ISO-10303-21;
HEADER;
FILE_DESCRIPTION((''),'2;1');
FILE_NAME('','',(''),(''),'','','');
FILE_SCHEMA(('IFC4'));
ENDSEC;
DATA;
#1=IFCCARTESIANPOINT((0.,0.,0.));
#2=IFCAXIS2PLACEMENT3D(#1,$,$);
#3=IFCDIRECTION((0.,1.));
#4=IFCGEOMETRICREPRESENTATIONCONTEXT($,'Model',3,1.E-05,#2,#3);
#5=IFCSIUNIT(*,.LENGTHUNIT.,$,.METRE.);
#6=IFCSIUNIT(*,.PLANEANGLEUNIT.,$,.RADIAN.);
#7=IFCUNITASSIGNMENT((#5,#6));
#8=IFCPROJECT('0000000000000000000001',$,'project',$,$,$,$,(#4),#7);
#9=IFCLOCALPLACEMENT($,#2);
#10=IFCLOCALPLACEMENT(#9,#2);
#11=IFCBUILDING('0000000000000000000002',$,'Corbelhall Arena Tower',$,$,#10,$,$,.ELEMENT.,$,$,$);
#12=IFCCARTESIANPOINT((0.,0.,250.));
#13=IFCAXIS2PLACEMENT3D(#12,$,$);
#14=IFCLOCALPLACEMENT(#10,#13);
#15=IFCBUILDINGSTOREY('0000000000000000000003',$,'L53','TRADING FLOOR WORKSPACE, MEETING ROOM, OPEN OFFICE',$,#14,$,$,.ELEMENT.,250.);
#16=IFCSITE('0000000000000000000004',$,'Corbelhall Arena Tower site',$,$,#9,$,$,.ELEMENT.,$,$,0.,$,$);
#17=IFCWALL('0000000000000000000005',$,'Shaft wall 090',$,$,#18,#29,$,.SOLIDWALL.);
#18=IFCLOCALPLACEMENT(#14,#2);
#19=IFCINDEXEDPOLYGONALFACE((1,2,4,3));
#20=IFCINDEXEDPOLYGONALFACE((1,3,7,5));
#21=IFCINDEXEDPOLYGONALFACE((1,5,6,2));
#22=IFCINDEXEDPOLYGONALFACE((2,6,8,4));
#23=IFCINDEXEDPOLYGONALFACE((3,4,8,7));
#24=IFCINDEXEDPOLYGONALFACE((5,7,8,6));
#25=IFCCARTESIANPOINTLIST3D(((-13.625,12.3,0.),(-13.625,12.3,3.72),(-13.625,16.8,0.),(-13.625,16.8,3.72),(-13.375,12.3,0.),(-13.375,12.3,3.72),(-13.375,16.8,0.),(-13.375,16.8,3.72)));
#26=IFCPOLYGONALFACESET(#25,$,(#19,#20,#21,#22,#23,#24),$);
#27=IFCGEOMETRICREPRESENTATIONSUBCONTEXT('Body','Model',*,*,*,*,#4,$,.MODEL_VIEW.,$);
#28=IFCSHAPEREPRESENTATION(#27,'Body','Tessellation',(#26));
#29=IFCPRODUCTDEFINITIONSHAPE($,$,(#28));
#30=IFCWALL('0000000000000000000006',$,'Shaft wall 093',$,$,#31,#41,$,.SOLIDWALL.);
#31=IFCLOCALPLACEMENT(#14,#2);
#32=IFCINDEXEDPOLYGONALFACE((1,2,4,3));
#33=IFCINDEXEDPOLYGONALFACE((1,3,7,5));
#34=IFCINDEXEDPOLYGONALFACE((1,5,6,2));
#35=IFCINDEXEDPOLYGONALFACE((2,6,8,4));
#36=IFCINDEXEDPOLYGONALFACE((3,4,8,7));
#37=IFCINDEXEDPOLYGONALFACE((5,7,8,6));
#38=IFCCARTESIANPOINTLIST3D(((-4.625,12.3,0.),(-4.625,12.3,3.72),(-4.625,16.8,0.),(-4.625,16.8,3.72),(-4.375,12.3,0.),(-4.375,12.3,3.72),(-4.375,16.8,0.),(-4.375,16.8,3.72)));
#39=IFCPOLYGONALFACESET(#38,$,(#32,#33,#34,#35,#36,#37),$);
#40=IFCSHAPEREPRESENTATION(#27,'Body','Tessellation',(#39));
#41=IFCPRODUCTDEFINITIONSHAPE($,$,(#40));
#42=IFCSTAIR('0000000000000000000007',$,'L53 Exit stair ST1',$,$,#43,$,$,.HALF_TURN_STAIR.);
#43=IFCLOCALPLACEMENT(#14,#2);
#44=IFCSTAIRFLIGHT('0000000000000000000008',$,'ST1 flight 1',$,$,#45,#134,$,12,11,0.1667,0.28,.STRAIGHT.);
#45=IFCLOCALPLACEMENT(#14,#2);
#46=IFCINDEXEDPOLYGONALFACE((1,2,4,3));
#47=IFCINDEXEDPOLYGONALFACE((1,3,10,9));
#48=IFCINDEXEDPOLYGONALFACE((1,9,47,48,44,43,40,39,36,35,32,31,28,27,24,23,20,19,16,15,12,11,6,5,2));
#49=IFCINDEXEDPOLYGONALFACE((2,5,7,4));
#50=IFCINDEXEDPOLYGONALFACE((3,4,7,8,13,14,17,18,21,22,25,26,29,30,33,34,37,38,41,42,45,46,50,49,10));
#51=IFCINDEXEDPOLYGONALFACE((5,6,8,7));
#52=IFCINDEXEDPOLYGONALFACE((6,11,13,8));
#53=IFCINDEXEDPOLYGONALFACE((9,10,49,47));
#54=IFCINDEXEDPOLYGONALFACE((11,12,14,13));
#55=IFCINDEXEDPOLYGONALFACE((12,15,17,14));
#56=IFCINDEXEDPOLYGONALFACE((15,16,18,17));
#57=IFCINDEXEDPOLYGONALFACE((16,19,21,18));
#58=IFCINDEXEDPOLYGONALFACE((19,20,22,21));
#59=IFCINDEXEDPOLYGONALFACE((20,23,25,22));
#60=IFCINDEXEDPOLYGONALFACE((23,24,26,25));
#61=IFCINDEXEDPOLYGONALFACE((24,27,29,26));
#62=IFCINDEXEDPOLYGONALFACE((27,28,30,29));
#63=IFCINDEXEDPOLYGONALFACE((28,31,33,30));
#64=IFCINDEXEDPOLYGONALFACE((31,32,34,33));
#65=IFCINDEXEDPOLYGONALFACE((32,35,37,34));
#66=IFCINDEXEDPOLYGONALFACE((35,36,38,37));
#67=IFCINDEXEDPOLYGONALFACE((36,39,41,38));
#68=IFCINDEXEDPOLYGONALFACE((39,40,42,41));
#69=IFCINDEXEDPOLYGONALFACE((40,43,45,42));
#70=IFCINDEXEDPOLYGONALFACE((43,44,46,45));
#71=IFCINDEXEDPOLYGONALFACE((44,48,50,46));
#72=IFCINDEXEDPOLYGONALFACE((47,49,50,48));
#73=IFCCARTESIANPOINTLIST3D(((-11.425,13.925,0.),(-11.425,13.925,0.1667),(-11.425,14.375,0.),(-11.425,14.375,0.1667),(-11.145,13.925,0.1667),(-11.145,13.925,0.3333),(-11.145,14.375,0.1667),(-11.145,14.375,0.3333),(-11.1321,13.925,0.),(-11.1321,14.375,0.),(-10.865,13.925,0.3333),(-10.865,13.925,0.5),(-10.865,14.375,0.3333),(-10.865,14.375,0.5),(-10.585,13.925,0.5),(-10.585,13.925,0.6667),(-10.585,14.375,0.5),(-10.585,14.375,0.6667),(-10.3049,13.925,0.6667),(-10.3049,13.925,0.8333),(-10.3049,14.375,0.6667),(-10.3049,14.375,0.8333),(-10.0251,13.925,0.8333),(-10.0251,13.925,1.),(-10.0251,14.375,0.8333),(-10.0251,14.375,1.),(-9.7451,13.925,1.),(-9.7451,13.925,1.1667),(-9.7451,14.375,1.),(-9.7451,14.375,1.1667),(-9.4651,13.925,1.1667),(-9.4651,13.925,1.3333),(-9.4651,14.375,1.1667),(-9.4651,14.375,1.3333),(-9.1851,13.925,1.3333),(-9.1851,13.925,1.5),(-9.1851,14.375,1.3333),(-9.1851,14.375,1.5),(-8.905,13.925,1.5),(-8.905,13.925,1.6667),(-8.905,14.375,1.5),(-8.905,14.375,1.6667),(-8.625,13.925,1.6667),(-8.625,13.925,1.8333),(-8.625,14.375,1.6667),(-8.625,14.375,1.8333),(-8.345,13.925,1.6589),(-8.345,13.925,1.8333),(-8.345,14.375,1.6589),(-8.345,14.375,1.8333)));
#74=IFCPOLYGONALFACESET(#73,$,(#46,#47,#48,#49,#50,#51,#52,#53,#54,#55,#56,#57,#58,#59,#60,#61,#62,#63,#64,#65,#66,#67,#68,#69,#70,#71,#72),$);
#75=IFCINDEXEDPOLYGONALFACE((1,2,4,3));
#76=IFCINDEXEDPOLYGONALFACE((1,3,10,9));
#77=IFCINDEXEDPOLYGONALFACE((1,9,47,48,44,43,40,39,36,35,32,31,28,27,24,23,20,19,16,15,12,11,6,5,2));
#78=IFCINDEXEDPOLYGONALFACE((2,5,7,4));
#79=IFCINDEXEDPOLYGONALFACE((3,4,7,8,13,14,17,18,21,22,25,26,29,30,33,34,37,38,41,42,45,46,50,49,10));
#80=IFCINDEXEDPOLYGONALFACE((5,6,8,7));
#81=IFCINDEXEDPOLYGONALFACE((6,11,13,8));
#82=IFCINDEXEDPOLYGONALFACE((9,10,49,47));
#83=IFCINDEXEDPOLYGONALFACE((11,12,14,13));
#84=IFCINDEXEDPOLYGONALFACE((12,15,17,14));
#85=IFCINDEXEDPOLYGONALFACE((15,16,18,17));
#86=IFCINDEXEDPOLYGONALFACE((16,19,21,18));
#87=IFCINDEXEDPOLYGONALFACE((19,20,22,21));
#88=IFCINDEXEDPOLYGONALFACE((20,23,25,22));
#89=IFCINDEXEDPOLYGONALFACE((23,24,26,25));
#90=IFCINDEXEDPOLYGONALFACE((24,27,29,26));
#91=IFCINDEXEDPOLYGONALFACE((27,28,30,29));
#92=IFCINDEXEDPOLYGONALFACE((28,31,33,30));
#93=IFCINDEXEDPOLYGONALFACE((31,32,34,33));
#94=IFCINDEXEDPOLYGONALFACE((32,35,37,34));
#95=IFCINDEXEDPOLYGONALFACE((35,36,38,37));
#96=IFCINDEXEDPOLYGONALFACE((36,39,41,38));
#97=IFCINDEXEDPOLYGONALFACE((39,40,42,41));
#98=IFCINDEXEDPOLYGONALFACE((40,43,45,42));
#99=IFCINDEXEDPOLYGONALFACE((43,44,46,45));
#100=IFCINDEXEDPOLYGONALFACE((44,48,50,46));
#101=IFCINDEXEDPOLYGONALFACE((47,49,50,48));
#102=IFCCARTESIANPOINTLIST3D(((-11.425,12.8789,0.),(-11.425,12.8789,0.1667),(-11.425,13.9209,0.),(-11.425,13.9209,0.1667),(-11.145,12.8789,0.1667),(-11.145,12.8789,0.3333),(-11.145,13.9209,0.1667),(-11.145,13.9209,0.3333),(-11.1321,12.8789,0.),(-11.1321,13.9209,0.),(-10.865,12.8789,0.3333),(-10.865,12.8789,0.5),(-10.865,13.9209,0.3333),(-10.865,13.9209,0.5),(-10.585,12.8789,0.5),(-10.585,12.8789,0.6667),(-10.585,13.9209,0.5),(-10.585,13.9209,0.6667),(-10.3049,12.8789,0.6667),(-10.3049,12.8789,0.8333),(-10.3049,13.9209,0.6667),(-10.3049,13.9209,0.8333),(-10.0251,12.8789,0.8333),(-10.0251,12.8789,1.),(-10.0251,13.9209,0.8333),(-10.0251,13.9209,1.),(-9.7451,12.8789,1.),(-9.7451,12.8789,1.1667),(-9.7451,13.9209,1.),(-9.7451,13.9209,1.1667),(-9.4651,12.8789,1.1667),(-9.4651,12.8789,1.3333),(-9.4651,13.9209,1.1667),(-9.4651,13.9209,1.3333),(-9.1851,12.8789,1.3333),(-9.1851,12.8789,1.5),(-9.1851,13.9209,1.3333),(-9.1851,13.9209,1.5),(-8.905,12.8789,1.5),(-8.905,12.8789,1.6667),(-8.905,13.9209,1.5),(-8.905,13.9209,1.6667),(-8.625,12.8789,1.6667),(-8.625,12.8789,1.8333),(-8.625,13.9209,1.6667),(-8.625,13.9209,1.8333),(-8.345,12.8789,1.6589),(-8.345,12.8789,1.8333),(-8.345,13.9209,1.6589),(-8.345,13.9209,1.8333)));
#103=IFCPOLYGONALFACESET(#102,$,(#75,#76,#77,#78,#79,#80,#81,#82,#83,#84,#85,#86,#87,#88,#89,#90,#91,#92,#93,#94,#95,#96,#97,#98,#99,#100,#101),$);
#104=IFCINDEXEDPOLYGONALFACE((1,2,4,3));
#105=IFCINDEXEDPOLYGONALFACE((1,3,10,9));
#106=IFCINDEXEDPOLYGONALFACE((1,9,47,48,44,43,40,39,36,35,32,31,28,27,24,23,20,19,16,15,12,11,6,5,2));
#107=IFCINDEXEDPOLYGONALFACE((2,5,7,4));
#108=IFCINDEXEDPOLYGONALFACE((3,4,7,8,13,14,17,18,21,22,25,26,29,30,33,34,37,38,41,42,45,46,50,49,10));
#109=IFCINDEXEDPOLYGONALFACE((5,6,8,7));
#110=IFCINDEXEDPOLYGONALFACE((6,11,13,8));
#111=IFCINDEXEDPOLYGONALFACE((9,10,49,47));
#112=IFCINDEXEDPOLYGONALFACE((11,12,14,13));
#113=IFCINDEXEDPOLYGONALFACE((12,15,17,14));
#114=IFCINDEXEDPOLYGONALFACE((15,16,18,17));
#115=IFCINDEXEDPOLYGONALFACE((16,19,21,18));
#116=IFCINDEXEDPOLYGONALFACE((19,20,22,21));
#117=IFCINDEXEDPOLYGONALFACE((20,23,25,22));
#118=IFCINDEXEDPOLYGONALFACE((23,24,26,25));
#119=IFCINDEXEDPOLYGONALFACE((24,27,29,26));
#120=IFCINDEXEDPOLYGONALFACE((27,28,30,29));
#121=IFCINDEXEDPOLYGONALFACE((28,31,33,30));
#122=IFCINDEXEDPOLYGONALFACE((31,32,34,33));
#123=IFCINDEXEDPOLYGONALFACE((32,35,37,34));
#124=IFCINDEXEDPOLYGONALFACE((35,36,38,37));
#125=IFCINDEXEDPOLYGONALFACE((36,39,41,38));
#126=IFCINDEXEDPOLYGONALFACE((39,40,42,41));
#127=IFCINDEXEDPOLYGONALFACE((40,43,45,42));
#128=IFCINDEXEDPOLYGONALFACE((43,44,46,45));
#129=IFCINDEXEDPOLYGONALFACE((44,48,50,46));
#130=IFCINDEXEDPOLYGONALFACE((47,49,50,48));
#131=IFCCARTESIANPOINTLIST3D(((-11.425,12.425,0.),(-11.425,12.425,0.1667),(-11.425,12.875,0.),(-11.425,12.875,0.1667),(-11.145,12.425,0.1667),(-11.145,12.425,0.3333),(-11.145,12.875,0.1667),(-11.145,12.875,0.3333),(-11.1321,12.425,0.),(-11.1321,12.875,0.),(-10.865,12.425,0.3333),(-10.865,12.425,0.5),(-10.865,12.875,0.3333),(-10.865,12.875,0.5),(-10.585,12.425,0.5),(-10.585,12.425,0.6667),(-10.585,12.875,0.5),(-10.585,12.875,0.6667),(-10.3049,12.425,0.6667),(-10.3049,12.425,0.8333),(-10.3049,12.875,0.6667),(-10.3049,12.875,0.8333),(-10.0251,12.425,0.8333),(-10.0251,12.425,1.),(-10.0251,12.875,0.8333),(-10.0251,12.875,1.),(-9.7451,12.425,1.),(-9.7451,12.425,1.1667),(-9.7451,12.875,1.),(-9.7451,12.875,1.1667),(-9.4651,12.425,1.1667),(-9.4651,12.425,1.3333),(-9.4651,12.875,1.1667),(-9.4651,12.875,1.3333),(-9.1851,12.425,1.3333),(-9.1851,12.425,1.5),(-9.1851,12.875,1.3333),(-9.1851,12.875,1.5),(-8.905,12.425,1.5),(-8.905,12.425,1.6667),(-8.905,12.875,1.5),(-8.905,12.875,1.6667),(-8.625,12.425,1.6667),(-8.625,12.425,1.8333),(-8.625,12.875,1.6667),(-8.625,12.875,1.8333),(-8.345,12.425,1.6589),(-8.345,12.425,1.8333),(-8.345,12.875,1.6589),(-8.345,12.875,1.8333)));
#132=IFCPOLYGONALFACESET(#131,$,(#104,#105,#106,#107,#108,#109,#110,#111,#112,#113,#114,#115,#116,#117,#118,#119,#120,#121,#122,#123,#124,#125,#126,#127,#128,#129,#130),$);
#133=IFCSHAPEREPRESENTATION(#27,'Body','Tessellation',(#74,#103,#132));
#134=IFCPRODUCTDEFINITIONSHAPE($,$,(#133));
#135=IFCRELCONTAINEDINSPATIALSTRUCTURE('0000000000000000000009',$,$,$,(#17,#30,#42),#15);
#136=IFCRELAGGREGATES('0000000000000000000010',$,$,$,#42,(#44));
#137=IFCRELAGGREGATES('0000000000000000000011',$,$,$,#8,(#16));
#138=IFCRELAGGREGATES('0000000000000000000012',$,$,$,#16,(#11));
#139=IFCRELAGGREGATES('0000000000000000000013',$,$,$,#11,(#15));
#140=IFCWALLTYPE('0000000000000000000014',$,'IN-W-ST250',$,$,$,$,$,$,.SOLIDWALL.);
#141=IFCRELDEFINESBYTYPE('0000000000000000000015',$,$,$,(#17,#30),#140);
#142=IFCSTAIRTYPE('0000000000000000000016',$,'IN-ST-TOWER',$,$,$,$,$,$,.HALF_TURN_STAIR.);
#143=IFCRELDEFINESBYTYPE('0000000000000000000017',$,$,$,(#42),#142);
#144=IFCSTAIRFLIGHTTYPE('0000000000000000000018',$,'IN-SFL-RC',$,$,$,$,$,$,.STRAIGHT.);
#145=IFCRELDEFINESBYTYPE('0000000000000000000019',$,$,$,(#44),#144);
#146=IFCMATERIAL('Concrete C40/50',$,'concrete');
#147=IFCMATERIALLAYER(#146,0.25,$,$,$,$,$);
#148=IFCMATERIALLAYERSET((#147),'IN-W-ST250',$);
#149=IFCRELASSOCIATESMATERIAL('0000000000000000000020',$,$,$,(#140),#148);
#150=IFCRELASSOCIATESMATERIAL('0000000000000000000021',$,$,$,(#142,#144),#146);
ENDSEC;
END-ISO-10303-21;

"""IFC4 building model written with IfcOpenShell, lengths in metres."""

from ifc_helpers import new_model, si_unit, direction, frame, frame_2d, origin, place, context, subcontext, project, spatial, polyline, rectangle, outline, extrude, material, layer, layer_set, type_object, element, aggregate, save


model = new_model("IFC4")

# Units and contexts
model_context = context("Model", 3, precision=1e-05, world=origin(), true_north=direction((0.0, 1.0)))
body_context = subcontext(model_context, "Body", "Model", "MODEL_VIEW")
ifc_project = project(units=[si_unit("LENGTHUNIT", "METRE"), si_unit("PLANEANGLEUNIT", "RADIAN")], contexts=[model_context])

# Site, building, storey
site_placement = place(None, origin())
site = spatial("IfcSite", under=ifc_project, at=site_placement, Name="Corbelhall Arena Tower site", CompositionType="ELEMENT", RefElevation=0.0)
building_placement = place(site_placement, origin())
building = spatial("IfcBuilding", under=site, at=building_placement, Name="Corbelhall Arena Tower", CompositionType="ELEMENT")
storey_placement = place(building_placement, frame((0.0, 0.0, 250.0)))
storey = spatial("IfcBuildingStorey", under=building, at=storey_placement, Name="L53", Description="TRADING FLOOR WORKSPACE, MEETING ROOM, OPEN OFFICE", CompositionType="ELEMENT", Elevation=250.0)

# Walls
ifc_material_1 = material(Name="Concrete C40/50", Category="concrete")
ifc_layer_1 = layer(ifc_material_1, 0.25)
ifc_layer_set_1 = layer_set([ifc_layer_1], Name="IN-W-ST250")
wall_type_1 = type_object("IfcWallType", Name="IN-W-ST250", PredefinedType="SOLIDWALL", material=ifc_layer_set_1)
for number, where, z_axis, x_axis, name in (
    (1, (-13.5, 12.3, 0.0), (0.0, 0.0, 1.0), (0.0, 1.0, 0.0), "Shaft wall 090"),
    (2, (-4.5, 16.8, 0.0), (0.0, 0.0, 1.0), (0.0, -1.0, 0.0), "Shaft wall 093"),
):
    element("IfcWall", number, at=place(storey_placement, frame(where, z_axis=z_axis, x_axis=x_axis)), inside=storey, type_object=wall_type_1, Name=name, PredefinedType="SOLIDWALL", context=body_context, shape_type="SweptSolid", body=[
        extrude(rectangle(XDim=4.5, YDim=0.25, at=frame_2d((2.25, 0.0))), origin(), (0.0, 0.0, 1.0), 3.72),
    ])

# Stair, stair flight
stair_type = type_object("IfcStairType", Name="IN-ST-TOWER", PredefinedType="HALF_TURN_STAIR", material=ifc_material_1)
stair_placement = place(storey_placement, origin())
stair = element("IfcStair", 3, at=stair_placement, inside=storey, type_object=stair_type, Name="L53 Exit stair ST1", PredefinedType="HALF_TURN_STAIR")
stair_flight_type = type_object("IfcStairFlightType", Name="IN-SFL-RC", PredefinedType="STRAIGHT", material=ifc_material_1)
stair_flight_1_placement = place(storey_placement, frame((-11.425, 13.3999, 0.0), z_axis=(0.0, 0.0, 1.0), x_axis=(1.0, 0.0, 0.0)))
stair_flight_1 = element("IfcStairFlight", 4, at=stair_flight_1_placement, type_object=stair_flight_type, Name="ST1 flight 1", NumberOfRisers=12, NumberOfTreads=11, PredefinedType="STRAIGHT", RiserHeight=0.1667, TreadLength=0.28, context=body_context, shape_type="SweptSolid", body=[
    extrude(outline(polyline([(0.0, 0.0), (0.0, 0.1667), (0.28, 0.1667), (0.28, 0.3333), (0.5601, 0.3333), (0.5601, 0.5), (0.8401, 0.5), (0.8401, 0.6667), (1.1201, 0.6667), (1.1201, 0.8333), (1.3999, 0.8333), (1.3999, 1.0), (1.6799, 1.0), (1.6799, 1.1667), (1.96, 1.1667), (1.96, 1.3333), (2.24, 1.3333), (2.24, 1.5), (2.52, 1.5), (2.52, 1.6667), (2.8, 1.6667), (2.8, 1.8333), (3.0801, 1.8333), (3.0801, 2.0), (3.0801, 1.6589), (0.293, 0.0), (0.0, 0.0)])), frame((0.0, 0.9751, 0.0), z_axis=(0.0, -1.0, 0.0), x_axis=(1.0, 0.0, 0.0)), (0.0, 0.0, 1.0), 0.45),
    extrude(outline(polyline([(0.0, 0.0), (0.0, 0.1667), (0.28, 0.1667), (0.28, 0.3333), (0.5601, 0.3333), (0.5601, 0.5), (0.8401, 0.5), (0.8401, 0.6667), (1.1201, 0.6667), (1.1201, 0.8333), (1.3999, 0.8333), (1.3999, 1.0), (1.6799, 1.0), (1.6799, 1.1667), (1.96, 1.1667), (1.96, 1.3333), (2.24, 1.3333), (2.24, 1.5), (2.52, 1.5), (2.52, 1.6667), (2.8, 1.6667), (2.8, 1.8333), (3.0801, 1.8333), (3.0801, 2.0), (3.0801, 1.6589), (0.293, 0.0), (0.0, 0.0)])), frame((0.0, 0.521, 0.0), z_axis=(0.0, -1.0, 0.0), x_axis=(1.0, 0.0, 0.0)), (0.0, 0.0, 1.0), 1.042),
    extrude(outline(polyline([(0.0, 0.0), (0.0, 0.1667), (0.28, 0.1667), (0.28, 0.3333), (0.5601, 0.3333), (0.5601, 0.5), (0.8401, 0.5), (0.8401, 0.6667), (1.1201, 0.6667), (1.1201, 0.8333), (1.3999, 0.8333), (1.3999, 1.0), (1.6799, 1.0), (1.6799, 1.1667), (1.96, 1.1667), (1.96, 1.3333), (2.24, 1.3333), (2.24, 1.5), (2.52, 1.5), (2.52, 1.6667), (2.8, 1.6667), (2.8, 1.8333), (3.0801, 1.8333), (3.0801, 2.0), (3.0801, 1.6589), (0.293, 0.0), (0.0, 0.0)])), frame((0.0, -0.5249, 0.0), z_axis=(0.0, -1.0, 0.0), x_axis=(1.0, 0.0, 0.0)), (0.0, 0.0, 1.0), 0.45),
])
aggregate(stair, [stair_flight_1])

save(model, "model.ifc")
